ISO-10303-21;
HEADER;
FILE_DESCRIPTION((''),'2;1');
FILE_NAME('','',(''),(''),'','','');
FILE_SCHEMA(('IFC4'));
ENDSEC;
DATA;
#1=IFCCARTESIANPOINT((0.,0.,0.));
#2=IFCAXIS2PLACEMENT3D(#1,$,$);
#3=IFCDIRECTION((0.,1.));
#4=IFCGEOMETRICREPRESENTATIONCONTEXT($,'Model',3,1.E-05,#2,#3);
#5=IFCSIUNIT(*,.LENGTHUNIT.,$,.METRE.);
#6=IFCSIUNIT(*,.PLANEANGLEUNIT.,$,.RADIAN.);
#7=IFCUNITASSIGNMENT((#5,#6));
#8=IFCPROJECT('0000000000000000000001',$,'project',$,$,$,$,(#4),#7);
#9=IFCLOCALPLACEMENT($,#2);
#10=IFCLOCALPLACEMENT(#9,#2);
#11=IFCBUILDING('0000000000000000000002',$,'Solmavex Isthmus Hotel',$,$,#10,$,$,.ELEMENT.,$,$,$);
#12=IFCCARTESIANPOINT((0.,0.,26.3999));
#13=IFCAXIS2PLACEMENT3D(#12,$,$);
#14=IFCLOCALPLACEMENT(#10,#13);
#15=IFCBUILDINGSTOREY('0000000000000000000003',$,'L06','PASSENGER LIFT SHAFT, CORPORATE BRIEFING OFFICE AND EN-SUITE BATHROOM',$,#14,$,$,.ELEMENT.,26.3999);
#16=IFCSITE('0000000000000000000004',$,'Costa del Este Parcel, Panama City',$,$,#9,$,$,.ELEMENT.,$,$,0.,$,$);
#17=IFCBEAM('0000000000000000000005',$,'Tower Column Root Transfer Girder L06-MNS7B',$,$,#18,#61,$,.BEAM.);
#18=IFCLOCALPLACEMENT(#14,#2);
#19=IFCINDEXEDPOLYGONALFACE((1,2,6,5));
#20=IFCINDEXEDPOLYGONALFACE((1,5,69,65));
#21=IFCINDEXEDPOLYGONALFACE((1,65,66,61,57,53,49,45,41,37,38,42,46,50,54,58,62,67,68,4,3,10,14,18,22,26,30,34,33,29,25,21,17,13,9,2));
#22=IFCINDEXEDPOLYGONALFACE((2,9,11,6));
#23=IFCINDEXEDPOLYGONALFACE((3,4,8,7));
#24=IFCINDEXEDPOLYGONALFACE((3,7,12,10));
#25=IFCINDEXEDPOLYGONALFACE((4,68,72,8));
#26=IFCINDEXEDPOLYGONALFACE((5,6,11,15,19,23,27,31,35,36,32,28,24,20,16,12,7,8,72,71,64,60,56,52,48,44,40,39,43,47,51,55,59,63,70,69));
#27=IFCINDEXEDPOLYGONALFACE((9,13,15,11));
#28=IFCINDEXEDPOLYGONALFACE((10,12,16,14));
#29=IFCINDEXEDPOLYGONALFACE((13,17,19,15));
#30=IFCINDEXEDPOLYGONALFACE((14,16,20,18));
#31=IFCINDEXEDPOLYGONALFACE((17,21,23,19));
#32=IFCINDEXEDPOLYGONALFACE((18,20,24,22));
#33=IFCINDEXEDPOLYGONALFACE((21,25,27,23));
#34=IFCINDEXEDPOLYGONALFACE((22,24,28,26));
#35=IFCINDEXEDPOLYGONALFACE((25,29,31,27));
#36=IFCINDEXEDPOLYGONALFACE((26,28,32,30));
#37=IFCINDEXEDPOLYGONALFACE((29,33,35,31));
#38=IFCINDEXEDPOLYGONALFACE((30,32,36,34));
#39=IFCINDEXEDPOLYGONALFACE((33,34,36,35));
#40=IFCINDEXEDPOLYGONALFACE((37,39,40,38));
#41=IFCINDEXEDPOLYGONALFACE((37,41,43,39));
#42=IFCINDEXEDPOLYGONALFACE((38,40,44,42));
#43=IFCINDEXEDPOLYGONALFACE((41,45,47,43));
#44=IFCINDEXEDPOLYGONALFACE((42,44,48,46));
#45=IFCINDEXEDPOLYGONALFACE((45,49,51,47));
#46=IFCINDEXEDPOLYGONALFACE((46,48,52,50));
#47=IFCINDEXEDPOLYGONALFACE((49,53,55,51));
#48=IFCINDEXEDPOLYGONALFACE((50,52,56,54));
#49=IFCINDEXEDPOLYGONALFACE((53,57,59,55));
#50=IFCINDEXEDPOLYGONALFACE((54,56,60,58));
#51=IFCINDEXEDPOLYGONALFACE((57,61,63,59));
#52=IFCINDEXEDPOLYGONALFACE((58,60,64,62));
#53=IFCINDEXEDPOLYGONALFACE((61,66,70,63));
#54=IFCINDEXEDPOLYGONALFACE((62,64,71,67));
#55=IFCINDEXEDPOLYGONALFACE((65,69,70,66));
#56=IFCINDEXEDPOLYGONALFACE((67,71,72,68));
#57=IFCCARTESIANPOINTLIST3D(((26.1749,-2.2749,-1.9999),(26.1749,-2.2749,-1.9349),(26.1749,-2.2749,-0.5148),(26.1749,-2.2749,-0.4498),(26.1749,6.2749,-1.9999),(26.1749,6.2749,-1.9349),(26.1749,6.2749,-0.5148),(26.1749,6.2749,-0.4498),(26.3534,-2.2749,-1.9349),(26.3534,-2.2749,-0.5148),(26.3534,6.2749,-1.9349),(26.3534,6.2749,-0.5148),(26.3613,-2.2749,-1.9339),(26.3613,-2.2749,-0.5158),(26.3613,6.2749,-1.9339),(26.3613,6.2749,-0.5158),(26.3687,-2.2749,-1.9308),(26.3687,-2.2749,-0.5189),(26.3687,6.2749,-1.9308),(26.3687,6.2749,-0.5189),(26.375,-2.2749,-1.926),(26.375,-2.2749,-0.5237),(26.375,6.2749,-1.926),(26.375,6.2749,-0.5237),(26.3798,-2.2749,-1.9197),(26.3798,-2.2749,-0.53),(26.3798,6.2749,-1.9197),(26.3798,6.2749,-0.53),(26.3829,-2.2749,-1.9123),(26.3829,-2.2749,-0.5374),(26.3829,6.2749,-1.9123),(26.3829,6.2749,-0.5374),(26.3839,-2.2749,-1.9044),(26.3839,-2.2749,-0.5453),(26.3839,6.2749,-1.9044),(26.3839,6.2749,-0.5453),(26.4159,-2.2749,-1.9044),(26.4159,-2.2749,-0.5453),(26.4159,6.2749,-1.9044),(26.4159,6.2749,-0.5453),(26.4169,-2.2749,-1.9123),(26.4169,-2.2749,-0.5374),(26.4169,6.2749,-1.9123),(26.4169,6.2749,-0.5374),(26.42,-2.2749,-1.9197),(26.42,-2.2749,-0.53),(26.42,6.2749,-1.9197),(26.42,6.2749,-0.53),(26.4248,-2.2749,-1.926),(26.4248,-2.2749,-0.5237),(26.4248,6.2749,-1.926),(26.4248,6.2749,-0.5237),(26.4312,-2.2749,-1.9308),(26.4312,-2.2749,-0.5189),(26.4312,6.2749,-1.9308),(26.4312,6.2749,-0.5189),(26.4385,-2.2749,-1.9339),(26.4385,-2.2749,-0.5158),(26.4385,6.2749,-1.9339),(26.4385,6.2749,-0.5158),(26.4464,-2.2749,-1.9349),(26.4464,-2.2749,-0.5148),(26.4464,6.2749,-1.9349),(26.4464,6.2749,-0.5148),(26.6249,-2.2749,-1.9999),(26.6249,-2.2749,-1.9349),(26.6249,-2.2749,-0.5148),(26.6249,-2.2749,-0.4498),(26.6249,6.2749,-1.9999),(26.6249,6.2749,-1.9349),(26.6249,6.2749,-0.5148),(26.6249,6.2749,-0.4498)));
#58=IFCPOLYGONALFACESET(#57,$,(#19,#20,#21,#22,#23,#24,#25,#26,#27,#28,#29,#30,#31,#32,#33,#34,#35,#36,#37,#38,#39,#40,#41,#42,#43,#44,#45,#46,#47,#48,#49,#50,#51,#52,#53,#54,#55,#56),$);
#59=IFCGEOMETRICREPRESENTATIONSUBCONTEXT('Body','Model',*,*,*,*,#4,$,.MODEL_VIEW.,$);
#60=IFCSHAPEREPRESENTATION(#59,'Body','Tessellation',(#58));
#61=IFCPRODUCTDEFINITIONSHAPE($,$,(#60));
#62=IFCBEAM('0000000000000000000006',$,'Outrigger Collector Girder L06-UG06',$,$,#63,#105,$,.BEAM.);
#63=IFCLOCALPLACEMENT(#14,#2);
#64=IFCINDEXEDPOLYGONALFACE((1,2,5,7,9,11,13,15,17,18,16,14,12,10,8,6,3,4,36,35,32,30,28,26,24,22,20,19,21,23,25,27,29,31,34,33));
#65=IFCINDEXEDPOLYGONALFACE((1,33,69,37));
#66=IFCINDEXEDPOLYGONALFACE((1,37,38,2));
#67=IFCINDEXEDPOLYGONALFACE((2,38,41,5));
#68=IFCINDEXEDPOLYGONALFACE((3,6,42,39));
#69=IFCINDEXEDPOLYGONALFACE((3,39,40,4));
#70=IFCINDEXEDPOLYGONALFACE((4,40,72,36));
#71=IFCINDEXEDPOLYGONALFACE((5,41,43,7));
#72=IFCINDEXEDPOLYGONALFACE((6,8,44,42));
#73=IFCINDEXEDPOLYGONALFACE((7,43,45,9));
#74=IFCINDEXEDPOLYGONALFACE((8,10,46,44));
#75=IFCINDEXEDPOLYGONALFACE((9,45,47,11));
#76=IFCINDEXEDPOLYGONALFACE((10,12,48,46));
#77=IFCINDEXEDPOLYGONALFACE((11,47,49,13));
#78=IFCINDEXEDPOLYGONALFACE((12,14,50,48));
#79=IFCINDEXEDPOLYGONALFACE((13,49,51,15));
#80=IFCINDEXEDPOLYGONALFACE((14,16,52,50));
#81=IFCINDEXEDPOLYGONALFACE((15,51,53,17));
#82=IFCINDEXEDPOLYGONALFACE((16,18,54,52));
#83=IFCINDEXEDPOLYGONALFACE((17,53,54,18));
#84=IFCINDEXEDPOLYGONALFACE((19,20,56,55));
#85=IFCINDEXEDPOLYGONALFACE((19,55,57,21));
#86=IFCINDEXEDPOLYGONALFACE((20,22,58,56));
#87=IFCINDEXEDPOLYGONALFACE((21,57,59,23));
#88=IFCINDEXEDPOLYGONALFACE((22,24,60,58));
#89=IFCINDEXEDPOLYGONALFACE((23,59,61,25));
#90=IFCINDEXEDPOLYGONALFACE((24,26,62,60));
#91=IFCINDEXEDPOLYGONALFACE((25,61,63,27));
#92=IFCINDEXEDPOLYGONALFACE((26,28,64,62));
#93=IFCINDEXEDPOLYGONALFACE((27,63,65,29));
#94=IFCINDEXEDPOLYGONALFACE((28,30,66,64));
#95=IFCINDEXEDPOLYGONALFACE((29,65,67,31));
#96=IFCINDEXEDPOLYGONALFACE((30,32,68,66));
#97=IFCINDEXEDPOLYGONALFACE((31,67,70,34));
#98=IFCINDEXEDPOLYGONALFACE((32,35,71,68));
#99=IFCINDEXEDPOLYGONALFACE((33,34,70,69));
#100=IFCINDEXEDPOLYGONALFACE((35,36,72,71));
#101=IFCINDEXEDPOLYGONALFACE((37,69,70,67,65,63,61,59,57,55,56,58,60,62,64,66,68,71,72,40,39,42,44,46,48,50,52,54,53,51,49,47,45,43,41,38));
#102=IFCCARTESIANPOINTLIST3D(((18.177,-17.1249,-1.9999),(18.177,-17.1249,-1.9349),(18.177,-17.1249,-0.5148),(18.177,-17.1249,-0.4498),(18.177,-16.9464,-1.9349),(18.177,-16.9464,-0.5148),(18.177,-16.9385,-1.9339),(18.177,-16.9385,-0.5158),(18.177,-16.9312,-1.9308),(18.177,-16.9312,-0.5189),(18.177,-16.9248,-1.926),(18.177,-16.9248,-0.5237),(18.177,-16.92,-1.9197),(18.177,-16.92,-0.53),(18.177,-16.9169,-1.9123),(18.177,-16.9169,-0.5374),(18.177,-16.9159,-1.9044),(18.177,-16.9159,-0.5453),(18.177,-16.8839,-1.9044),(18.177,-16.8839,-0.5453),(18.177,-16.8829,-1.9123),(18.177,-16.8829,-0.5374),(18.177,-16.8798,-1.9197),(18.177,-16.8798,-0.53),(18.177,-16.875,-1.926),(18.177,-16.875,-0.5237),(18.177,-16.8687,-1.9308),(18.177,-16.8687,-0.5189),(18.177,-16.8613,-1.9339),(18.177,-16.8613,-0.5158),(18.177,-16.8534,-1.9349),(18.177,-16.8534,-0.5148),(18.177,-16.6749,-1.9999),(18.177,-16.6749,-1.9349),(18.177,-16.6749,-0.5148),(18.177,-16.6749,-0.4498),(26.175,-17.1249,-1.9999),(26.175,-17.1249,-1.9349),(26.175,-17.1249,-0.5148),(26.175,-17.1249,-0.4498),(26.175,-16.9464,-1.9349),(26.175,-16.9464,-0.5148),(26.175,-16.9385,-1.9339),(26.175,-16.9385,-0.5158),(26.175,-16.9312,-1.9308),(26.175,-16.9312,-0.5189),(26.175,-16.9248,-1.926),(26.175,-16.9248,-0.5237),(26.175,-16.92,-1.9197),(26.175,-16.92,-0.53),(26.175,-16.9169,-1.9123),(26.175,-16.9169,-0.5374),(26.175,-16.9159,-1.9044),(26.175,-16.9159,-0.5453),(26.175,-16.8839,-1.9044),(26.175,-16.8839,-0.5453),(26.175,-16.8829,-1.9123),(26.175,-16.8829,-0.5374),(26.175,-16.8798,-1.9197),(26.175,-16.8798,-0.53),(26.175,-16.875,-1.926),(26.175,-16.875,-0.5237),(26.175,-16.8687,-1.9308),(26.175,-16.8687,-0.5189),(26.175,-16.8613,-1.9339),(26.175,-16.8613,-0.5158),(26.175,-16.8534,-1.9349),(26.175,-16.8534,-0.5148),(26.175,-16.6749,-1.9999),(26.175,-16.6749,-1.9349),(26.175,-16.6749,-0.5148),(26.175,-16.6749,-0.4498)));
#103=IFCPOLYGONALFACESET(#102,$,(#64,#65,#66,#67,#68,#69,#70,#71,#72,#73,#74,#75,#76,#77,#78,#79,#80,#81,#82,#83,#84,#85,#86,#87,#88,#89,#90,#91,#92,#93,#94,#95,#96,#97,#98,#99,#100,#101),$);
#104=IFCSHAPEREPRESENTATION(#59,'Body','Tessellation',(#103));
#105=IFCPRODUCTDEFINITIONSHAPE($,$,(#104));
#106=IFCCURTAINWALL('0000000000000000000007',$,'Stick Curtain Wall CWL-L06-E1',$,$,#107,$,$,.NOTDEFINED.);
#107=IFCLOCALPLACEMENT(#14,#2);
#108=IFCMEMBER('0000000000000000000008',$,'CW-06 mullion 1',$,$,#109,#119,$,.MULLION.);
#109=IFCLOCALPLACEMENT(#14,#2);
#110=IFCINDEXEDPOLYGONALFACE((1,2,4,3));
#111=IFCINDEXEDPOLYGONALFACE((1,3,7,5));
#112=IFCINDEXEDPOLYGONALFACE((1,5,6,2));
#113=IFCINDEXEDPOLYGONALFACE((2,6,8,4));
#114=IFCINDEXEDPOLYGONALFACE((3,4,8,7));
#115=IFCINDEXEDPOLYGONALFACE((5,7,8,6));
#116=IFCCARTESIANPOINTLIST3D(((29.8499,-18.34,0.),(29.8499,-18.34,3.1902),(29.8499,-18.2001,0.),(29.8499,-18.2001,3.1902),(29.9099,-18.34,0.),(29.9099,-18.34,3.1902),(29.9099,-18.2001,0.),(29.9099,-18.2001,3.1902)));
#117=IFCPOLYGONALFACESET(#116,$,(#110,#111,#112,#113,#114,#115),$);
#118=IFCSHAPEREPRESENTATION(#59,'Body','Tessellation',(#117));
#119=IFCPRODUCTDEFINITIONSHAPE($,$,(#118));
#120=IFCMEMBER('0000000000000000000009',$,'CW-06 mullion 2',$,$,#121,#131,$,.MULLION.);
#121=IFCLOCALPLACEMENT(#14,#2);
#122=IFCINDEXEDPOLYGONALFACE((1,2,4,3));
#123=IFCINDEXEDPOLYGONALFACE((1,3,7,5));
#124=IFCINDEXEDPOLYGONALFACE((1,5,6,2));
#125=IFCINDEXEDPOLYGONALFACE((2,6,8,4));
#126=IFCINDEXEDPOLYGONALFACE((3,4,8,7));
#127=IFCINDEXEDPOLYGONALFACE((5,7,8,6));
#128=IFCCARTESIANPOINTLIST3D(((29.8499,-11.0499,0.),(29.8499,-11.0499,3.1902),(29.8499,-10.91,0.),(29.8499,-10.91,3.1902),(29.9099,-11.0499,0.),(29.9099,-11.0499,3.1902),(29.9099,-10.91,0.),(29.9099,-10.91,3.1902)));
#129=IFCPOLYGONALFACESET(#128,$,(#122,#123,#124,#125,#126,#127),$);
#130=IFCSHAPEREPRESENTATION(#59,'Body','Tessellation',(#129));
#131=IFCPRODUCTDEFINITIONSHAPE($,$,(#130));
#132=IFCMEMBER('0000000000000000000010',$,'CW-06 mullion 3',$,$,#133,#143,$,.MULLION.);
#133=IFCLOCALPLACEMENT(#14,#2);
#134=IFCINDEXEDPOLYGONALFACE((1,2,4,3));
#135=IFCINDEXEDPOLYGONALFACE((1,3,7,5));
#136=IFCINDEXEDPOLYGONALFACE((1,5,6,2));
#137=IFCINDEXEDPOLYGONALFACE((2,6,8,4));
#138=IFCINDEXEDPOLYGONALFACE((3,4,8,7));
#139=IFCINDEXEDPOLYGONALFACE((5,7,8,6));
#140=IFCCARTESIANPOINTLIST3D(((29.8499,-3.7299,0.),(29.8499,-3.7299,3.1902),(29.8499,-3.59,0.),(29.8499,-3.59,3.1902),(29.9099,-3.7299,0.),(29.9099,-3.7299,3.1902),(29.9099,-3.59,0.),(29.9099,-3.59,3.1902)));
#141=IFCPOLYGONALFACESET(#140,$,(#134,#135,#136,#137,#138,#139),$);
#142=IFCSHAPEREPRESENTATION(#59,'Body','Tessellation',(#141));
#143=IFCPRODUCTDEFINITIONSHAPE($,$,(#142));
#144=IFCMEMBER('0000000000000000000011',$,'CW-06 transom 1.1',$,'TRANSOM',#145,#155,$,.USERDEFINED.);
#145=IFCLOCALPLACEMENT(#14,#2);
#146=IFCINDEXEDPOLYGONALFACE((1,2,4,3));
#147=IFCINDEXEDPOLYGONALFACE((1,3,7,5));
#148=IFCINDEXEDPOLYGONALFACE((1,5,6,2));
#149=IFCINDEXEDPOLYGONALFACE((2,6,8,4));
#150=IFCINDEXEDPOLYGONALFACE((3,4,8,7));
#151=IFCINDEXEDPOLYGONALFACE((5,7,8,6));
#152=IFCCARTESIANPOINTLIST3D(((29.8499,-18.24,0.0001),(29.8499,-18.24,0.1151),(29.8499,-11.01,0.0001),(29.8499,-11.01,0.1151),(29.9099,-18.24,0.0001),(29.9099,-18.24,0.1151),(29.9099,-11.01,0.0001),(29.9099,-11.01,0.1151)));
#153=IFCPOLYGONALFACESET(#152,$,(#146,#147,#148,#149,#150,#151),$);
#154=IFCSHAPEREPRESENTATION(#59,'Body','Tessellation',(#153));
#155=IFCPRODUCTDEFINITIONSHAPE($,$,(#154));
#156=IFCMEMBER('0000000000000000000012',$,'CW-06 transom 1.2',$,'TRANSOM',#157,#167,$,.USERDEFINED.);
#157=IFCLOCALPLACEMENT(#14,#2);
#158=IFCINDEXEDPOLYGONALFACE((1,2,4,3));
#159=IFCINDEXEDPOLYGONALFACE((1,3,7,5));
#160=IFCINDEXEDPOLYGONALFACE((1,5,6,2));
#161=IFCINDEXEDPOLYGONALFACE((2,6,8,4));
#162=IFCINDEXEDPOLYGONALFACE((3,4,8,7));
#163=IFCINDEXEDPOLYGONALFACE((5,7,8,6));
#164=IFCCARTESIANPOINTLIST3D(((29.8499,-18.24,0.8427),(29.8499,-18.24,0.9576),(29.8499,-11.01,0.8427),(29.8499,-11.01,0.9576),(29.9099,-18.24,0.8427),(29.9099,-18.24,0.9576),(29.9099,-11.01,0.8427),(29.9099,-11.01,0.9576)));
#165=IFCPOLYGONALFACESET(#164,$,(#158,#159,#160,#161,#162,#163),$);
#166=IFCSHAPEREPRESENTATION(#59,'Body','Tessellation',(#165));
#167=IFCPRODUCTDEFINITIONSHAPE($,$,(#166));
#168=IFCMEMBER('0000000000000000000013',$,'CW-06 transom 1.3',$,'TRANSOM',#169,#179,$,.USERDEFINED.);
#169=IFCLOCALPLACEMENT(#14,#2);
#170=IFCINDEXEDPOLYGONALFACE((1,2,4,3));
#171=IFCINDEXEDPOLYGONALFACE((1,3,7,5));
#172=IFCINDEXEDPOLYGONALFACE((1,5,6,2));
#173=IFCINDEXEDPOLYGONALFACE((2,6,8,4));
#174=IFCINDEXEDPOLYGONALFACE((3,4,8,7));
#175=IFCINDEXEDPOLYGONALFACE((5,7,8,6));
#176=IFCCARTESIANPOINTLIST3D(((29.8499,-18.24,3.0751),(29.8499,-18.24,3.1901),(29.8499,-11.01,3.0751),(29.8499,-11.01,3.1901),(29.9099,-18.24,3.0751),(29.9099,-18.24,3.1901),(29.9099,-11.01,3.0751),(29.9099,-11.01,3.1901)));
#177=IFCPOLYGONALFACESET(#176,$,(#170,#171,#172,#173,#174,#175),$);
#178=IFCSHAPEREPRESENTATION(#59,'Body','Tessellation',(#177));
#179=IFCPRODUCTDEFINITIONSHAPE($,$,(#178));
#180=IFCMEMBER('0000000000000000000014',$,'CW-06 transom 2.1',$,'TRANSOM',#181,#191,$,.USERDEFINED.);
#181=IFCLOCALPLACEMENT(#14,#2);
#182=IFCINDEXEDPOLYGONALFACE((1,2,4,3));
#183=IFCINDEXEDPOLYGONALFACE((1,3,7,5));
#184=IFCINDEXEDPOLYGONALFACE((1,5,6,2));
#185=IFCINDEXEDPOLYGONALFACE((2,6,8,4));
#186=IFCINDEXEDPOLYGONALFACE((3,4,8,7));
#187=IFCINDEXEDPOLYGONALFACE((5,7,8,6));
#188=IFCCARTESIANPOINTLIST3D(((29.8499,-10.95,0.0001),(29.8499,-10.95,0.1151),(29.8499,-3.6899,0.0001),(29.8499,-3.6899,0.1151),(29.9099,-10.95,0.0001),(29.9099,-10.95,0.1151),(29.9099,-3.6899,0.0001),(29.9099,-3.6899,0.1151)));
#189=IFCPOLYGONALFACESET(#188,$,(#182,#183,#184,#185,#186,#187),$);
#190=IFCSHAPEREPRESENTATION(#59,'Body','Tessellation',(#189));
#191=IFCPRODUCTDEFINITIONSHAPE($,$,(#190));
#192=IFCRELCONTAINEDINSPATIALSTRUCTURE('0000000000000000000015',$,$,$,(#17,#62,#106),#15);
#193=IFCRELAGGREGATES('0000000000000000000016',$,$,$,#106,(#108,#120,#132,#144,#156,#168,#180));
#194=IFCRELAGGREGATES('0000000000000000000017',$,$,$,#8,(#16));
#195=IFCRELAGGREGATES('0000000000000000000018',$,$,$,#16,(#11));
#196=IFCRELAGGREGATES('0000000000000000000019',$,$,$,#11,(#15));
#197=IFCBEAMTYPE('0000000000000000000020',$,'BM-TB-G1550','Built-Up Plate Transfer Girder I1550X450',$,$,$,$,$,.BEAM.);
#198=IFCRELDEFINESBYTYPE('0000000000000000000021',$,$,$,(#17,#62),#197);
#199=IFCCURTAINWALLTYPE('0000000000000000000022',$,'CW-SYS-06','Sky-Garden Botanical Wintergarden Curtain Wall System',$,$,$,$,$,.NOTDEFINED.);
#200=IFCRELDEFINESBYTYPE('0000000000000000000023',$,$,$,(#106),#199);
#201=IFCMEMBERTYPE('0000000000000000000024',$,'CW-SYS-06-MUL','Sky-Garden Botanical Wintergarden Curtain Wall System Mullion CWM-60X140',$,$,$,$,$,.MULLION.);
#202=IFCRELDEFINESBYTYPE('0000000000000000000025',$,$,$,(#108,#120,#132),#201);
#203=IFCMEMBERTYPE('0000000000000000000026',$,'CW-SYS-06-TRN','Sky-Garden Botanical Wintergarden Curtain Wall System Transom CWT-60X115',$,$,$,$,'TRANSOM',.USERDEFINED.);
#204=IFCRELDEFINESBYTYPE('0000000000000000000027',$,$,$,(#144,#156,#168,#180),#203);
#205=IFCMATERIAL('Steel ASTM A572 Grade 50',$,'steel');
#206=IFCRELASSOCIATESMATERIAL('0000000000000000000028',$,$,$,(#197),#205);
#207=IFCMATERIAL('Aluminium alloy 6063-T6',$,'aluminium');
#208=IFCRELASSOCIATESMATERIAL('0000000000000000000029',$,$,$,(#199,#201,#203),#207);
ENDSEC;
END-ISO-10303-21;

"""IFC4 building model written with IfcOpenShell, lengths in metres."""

from ifc_helpers import new_model, si_unit, direction, frame, origin, origin_2d, place, context, subcontext, project, spatial, rectangle, i_section, extrude, material, material_profile, profile_set, type_object, element, aggregate, save


model = new_model("IFC4")

# Units and contexts
model_context = context("Model", 3, precision=1e-05, world=origin(), true_north=direction((0.0, 1.0)))
body_context = subcontext(model_context, "Body", "Model", "MODEL_VIEW")
ifc_project = project(units=[si_unit("LENGTHUNIT", "METRE"), si_unit("PLANEANGLEUNIT", "RADIAN")], contexts=[model_context])

# Site, building, storey
site_placement = place(None, origin())
site = spatial("IfcSite", under=ifc_project, at=site_placement, Name="Costa del Este Parcel, Panama City", CompositionType="ELEMENT", RefElevation=0.0)
building_placement = place(site_placement, origin())
building = spatial("IfcBuilding", under=site, at=building_placement, Name="Solmavex Isthmus Hotel", CompositionType="ELEMENT")
storey_placement = place(building_placement, frame((0.0, 0.0, 26.3999)))
storey = spatial("IfcBuildingStorey", under=building, at=storey_placement, Name="L06", Description="PASSENGER LIFT SHAFT, CORPORATE BRIEFING OFFICE AND EN-SUITE BATHROOM", CompositionType="ELEMENT", Elevation=26.3999)

# Beams
ifc_material_1 = material(Name="Steel ASTM A572 Grade 50", Category="steel")
ifc_material_profile_1 = material_profile(ifc_material_1, i_section(OverallWidth=0.45, OverallDepth=1.55, WebThickness=0.032, FlangeThickness=0.0649, FilletRadius=0.0305, at=origin_2d()), Name="I1550X450")
ifc_profile_set_1 = profile_set([ifc_material_profile_1], Name="Steel ASTM A572 Grade 50")
beam_type_1 = type_object("IfcBeamType", Name="BM-TB-G1550", Description="Built-Up Plate Transfer Girder I1550X450", PredefinedType="BEAM", material=ifc_profile_set_1)
beam_1_placement = place(storey_placement, frame((26.3999, -2.2749, -1.2249), z_axis=(0.0, 1.0, 0.0), x_axis=(-1.0, 0.0, 0.0)))
element("IfcBeam", 1, at=beam_1_placement, inside=storey, type_object=beam_type_1, Name="Tower Column Root Transfer Girder L06-MNS7B", PredefinedType="BEAM", context=body_context, shape_type="SweptSolid", body=[
    extrude(i_section(OverallWidth=0.45, OverallDepth=1.55, WebThickness=0.032, FlangeThickness=0.0649, FilletRadius=0.0305, at=origin_2d()), origin(), (0.0, 0.0, 1.0), 8.5498),
])
beam_2_placement = place(storey_placement, frame((18.177, -16.8999, -1.2249), z_axis=(1.0, 0.0, 0.0), x_axis=(0.0, 1.0, 0.0)))
element("IfcBeam", 2, at=beam_2_placement, inside=storey, type_object=beam_type_1, Name="Outrigger Collector Girder L06-UG06", PredefinedType="BEAM", context=body_context, shape_type="SweptSolid", body=[
    extrude(i_section(OverallWidth=0.45, OverallDepth=1.55, WebThickness=0.032, FlangeThickness=0.0649, FilletRadius=0.0305, at=origin_2d()), origin(), (0.0, 0.0, 1.0), 7.998),
])

# Curtain wall, members
ifc_material_2 = material(Name="Aluminium alloy 6063-T6", Category="aluminium")
curtain_wall_type = type_object("IfcCurtainWallType", Name="CW-SYS-06", Description="Sky-Garden Botanical Wintergarden Curtain Wall System", PredefinedType="NOTDEFINED", material=ifc_material_2)
curtain_wall_placement = place(storey_placement, origin())
curtain_wall = element("IfcCurtainWall", 3, at=curtain_wall_placement, inside=storey, type_object=curtain_wall_type, Name="Stick Curtain Wall CWL-L06-E1", PredefinedType="NOTDEFINED")
ifc_material_profile_2 = material_profile(ifc_material_2, rectangle(XDim=0.0601, YDim=0.1399, at=origin_2d()), Name="CWM-60X140")
ifc_profile_set_2 = profile_set([ifc_material_profile_2], Name="Aluminium alloy 6063-T6")
member_type_1 = type_object("IfcMemberType", Name="CW-SYS-06-MUL", Description="Sky-Garden Botanical Wintergarden Curtain Wall System Mullion CWM-60X140", PredefinedType="MULLION", material=ifc_profile_set_2)
member_1_placement = place(storey_placement, frame((29.8799, -18.27, 0.0), z_axis=(0.0, 0.0, 1.0), x_axis=(-1.0, 0.0, 0.0)))
member_1 = element("IfcMember", 4, at=member_1_placement, type_object=member_type_1, Name="CW-06 mullion 1", PredefinedType="MULLION", context=body_context, shape_type="SweptSolid", body=[
    extrude(rectangle(XDim=0.0601, YDim=0.1399, at=origin_2d()), origin(), (0.0, 0.0, 1.0), 3.1902),
])
member_2_placement = place(storey_placement, frame((29.8799, -10.98, 0.0), z_axis=(0.0, 0.0, 1.0), x_axis=(-1.0, 0.0, 0.0)))
member_2 = element("IfcMember", 5, at=member_2_placement, type_object=member_type_1, Name="CW-06 mullion 2", PredefinedType="MULLION", context=body_context, shape_type="SweptSolid", body=[
    extrude(rectangle(XDim=0.0601, YDim=0.1399, at=origin_2d()), origin(), (0.0, 0.0, 1.0), 3.1902),
])
member_3_placement = place(storey_placement, frame((29.8799, -3.6599, 0.0), z_axis=(0.0, 0.0, 1.0), x_axis=(-1.0, 0.0, 0.0)))
member_3 = element("IfcMember", 6, at=member_3_placement, type_object=member_type_1, Name="CW-06 mullion 3", PredefinedType="MULLION", context=body_context, shape_type="SweptSolid", body=[
    extrude(rectangle(XDim=0.0601, YDim=0.1399, at=origin_2d()), origin(), (0.0, 0.0, 1.0), 3.1902),
])
ifc_material_profile_3 = material_profile(ifc_material_2, rectangle(XDim=0.0601, YDim=0.115, at=origin_2d()), Name="CWT-60X115")
ifc_profile_set_3 = profile_set([ifc_material_profile_3], Name="Aluminium alloy 6063-T6")
member_type_2 = type_object("IfcMemberType", Name="CW-SYS-06-TRN", Description="Sky-Garden Botanical Wintergarden Curtain Wall System Transom CWT-60X115", ElementType="TRANSOM", PredefinedType="USERDEFINED", material=ifc_profile_set_3)
member_4_placement = place(storey_placement, frame((29.8799, -18.24, 0.0576), z_axis=(0.0, 1.0, 0.0), x_axis=(-1.0, 0.0, 0.0)))
member_4 = element("IfcMember", 7, at=member_4_placement, type_object=member_type_2, Name="CW-06 transom 1.1", ObjectType="TRANSOM", PredefinedType="USERDEFINED", context=body_context, shape_type="SweptSolid", body=[
    extrude(rectangle(XDim=0.0601, YDim=0.115, at=origin_2d()), origin(), (0.0, 0.0, 1.0), 7.23),
])
member_5_placement = place(storey_placement, frame((29.8799, -18.24, 0.9001), z_axis=(0.0, 1.0, 0.0), x_axis=(-1.0, 0.0, 0.0)))
member_5 = element("IfcMember", 8, at=member_5_placement, type_object=member_type_2, Name="CW-06 transom 1.2", ObjectType="TRANSOM", PredefinedType="USERDEFINED", context=body_context, shape_type="SweptSolid", body=[
    extrude(rectangle(XDim=0.0601, YDim=0.115, at=origin_2d()), origin(), (0.0, 0.0, 1.0), 7.23),
])
member_6_placement = place(storey_placement, frame((29.8799, -18.24, 3.1326), z_axis=(0.0, 1.0, 0.0), x_axis=(-1.0, 0.0, 0.0)))
member_6 = element("IfcMember", 9, at=member_6_placement, type_object=member_type_2, Name="CW-06 transom 1.3", ObjectType="TRANSOM", PredefinedType="USERDEFINED", context=body_context, shape_type="SweptSolid", body=[
    extrude(rectangle(XDim=0.0601, YDim=0.115, at=origin_2d()), origin(), (0.0, 0.0, 1.0), 7.23),
])
member_7_placement = place(storey_placement, frame((29.8799, -10.95, 0.0576), z_axis=(0.0, 1.0, 0.0), x_axis=(-1.0, 0.0, 0.0)))
member_7 = element("IfcMember", 10, at=member_7_placement, type_object=member_type_2, Name="CW-06 transom 2.1", ObjectType="TRANSOM", PredefinedType="USERDEFINED", context=body_context, shape_type="SweptSolid", body=[
    extrude(rectangle(XDim=0.0601, YDim=0.115, at=origin_2d()), origin(), (0.0, 0.0, 1.0), 7.26),
])
aggregate(curtain_wall, [member_1, member_2, member_3, member_4, member_5, member_6, member_7])

save(model, "model.ifc")
